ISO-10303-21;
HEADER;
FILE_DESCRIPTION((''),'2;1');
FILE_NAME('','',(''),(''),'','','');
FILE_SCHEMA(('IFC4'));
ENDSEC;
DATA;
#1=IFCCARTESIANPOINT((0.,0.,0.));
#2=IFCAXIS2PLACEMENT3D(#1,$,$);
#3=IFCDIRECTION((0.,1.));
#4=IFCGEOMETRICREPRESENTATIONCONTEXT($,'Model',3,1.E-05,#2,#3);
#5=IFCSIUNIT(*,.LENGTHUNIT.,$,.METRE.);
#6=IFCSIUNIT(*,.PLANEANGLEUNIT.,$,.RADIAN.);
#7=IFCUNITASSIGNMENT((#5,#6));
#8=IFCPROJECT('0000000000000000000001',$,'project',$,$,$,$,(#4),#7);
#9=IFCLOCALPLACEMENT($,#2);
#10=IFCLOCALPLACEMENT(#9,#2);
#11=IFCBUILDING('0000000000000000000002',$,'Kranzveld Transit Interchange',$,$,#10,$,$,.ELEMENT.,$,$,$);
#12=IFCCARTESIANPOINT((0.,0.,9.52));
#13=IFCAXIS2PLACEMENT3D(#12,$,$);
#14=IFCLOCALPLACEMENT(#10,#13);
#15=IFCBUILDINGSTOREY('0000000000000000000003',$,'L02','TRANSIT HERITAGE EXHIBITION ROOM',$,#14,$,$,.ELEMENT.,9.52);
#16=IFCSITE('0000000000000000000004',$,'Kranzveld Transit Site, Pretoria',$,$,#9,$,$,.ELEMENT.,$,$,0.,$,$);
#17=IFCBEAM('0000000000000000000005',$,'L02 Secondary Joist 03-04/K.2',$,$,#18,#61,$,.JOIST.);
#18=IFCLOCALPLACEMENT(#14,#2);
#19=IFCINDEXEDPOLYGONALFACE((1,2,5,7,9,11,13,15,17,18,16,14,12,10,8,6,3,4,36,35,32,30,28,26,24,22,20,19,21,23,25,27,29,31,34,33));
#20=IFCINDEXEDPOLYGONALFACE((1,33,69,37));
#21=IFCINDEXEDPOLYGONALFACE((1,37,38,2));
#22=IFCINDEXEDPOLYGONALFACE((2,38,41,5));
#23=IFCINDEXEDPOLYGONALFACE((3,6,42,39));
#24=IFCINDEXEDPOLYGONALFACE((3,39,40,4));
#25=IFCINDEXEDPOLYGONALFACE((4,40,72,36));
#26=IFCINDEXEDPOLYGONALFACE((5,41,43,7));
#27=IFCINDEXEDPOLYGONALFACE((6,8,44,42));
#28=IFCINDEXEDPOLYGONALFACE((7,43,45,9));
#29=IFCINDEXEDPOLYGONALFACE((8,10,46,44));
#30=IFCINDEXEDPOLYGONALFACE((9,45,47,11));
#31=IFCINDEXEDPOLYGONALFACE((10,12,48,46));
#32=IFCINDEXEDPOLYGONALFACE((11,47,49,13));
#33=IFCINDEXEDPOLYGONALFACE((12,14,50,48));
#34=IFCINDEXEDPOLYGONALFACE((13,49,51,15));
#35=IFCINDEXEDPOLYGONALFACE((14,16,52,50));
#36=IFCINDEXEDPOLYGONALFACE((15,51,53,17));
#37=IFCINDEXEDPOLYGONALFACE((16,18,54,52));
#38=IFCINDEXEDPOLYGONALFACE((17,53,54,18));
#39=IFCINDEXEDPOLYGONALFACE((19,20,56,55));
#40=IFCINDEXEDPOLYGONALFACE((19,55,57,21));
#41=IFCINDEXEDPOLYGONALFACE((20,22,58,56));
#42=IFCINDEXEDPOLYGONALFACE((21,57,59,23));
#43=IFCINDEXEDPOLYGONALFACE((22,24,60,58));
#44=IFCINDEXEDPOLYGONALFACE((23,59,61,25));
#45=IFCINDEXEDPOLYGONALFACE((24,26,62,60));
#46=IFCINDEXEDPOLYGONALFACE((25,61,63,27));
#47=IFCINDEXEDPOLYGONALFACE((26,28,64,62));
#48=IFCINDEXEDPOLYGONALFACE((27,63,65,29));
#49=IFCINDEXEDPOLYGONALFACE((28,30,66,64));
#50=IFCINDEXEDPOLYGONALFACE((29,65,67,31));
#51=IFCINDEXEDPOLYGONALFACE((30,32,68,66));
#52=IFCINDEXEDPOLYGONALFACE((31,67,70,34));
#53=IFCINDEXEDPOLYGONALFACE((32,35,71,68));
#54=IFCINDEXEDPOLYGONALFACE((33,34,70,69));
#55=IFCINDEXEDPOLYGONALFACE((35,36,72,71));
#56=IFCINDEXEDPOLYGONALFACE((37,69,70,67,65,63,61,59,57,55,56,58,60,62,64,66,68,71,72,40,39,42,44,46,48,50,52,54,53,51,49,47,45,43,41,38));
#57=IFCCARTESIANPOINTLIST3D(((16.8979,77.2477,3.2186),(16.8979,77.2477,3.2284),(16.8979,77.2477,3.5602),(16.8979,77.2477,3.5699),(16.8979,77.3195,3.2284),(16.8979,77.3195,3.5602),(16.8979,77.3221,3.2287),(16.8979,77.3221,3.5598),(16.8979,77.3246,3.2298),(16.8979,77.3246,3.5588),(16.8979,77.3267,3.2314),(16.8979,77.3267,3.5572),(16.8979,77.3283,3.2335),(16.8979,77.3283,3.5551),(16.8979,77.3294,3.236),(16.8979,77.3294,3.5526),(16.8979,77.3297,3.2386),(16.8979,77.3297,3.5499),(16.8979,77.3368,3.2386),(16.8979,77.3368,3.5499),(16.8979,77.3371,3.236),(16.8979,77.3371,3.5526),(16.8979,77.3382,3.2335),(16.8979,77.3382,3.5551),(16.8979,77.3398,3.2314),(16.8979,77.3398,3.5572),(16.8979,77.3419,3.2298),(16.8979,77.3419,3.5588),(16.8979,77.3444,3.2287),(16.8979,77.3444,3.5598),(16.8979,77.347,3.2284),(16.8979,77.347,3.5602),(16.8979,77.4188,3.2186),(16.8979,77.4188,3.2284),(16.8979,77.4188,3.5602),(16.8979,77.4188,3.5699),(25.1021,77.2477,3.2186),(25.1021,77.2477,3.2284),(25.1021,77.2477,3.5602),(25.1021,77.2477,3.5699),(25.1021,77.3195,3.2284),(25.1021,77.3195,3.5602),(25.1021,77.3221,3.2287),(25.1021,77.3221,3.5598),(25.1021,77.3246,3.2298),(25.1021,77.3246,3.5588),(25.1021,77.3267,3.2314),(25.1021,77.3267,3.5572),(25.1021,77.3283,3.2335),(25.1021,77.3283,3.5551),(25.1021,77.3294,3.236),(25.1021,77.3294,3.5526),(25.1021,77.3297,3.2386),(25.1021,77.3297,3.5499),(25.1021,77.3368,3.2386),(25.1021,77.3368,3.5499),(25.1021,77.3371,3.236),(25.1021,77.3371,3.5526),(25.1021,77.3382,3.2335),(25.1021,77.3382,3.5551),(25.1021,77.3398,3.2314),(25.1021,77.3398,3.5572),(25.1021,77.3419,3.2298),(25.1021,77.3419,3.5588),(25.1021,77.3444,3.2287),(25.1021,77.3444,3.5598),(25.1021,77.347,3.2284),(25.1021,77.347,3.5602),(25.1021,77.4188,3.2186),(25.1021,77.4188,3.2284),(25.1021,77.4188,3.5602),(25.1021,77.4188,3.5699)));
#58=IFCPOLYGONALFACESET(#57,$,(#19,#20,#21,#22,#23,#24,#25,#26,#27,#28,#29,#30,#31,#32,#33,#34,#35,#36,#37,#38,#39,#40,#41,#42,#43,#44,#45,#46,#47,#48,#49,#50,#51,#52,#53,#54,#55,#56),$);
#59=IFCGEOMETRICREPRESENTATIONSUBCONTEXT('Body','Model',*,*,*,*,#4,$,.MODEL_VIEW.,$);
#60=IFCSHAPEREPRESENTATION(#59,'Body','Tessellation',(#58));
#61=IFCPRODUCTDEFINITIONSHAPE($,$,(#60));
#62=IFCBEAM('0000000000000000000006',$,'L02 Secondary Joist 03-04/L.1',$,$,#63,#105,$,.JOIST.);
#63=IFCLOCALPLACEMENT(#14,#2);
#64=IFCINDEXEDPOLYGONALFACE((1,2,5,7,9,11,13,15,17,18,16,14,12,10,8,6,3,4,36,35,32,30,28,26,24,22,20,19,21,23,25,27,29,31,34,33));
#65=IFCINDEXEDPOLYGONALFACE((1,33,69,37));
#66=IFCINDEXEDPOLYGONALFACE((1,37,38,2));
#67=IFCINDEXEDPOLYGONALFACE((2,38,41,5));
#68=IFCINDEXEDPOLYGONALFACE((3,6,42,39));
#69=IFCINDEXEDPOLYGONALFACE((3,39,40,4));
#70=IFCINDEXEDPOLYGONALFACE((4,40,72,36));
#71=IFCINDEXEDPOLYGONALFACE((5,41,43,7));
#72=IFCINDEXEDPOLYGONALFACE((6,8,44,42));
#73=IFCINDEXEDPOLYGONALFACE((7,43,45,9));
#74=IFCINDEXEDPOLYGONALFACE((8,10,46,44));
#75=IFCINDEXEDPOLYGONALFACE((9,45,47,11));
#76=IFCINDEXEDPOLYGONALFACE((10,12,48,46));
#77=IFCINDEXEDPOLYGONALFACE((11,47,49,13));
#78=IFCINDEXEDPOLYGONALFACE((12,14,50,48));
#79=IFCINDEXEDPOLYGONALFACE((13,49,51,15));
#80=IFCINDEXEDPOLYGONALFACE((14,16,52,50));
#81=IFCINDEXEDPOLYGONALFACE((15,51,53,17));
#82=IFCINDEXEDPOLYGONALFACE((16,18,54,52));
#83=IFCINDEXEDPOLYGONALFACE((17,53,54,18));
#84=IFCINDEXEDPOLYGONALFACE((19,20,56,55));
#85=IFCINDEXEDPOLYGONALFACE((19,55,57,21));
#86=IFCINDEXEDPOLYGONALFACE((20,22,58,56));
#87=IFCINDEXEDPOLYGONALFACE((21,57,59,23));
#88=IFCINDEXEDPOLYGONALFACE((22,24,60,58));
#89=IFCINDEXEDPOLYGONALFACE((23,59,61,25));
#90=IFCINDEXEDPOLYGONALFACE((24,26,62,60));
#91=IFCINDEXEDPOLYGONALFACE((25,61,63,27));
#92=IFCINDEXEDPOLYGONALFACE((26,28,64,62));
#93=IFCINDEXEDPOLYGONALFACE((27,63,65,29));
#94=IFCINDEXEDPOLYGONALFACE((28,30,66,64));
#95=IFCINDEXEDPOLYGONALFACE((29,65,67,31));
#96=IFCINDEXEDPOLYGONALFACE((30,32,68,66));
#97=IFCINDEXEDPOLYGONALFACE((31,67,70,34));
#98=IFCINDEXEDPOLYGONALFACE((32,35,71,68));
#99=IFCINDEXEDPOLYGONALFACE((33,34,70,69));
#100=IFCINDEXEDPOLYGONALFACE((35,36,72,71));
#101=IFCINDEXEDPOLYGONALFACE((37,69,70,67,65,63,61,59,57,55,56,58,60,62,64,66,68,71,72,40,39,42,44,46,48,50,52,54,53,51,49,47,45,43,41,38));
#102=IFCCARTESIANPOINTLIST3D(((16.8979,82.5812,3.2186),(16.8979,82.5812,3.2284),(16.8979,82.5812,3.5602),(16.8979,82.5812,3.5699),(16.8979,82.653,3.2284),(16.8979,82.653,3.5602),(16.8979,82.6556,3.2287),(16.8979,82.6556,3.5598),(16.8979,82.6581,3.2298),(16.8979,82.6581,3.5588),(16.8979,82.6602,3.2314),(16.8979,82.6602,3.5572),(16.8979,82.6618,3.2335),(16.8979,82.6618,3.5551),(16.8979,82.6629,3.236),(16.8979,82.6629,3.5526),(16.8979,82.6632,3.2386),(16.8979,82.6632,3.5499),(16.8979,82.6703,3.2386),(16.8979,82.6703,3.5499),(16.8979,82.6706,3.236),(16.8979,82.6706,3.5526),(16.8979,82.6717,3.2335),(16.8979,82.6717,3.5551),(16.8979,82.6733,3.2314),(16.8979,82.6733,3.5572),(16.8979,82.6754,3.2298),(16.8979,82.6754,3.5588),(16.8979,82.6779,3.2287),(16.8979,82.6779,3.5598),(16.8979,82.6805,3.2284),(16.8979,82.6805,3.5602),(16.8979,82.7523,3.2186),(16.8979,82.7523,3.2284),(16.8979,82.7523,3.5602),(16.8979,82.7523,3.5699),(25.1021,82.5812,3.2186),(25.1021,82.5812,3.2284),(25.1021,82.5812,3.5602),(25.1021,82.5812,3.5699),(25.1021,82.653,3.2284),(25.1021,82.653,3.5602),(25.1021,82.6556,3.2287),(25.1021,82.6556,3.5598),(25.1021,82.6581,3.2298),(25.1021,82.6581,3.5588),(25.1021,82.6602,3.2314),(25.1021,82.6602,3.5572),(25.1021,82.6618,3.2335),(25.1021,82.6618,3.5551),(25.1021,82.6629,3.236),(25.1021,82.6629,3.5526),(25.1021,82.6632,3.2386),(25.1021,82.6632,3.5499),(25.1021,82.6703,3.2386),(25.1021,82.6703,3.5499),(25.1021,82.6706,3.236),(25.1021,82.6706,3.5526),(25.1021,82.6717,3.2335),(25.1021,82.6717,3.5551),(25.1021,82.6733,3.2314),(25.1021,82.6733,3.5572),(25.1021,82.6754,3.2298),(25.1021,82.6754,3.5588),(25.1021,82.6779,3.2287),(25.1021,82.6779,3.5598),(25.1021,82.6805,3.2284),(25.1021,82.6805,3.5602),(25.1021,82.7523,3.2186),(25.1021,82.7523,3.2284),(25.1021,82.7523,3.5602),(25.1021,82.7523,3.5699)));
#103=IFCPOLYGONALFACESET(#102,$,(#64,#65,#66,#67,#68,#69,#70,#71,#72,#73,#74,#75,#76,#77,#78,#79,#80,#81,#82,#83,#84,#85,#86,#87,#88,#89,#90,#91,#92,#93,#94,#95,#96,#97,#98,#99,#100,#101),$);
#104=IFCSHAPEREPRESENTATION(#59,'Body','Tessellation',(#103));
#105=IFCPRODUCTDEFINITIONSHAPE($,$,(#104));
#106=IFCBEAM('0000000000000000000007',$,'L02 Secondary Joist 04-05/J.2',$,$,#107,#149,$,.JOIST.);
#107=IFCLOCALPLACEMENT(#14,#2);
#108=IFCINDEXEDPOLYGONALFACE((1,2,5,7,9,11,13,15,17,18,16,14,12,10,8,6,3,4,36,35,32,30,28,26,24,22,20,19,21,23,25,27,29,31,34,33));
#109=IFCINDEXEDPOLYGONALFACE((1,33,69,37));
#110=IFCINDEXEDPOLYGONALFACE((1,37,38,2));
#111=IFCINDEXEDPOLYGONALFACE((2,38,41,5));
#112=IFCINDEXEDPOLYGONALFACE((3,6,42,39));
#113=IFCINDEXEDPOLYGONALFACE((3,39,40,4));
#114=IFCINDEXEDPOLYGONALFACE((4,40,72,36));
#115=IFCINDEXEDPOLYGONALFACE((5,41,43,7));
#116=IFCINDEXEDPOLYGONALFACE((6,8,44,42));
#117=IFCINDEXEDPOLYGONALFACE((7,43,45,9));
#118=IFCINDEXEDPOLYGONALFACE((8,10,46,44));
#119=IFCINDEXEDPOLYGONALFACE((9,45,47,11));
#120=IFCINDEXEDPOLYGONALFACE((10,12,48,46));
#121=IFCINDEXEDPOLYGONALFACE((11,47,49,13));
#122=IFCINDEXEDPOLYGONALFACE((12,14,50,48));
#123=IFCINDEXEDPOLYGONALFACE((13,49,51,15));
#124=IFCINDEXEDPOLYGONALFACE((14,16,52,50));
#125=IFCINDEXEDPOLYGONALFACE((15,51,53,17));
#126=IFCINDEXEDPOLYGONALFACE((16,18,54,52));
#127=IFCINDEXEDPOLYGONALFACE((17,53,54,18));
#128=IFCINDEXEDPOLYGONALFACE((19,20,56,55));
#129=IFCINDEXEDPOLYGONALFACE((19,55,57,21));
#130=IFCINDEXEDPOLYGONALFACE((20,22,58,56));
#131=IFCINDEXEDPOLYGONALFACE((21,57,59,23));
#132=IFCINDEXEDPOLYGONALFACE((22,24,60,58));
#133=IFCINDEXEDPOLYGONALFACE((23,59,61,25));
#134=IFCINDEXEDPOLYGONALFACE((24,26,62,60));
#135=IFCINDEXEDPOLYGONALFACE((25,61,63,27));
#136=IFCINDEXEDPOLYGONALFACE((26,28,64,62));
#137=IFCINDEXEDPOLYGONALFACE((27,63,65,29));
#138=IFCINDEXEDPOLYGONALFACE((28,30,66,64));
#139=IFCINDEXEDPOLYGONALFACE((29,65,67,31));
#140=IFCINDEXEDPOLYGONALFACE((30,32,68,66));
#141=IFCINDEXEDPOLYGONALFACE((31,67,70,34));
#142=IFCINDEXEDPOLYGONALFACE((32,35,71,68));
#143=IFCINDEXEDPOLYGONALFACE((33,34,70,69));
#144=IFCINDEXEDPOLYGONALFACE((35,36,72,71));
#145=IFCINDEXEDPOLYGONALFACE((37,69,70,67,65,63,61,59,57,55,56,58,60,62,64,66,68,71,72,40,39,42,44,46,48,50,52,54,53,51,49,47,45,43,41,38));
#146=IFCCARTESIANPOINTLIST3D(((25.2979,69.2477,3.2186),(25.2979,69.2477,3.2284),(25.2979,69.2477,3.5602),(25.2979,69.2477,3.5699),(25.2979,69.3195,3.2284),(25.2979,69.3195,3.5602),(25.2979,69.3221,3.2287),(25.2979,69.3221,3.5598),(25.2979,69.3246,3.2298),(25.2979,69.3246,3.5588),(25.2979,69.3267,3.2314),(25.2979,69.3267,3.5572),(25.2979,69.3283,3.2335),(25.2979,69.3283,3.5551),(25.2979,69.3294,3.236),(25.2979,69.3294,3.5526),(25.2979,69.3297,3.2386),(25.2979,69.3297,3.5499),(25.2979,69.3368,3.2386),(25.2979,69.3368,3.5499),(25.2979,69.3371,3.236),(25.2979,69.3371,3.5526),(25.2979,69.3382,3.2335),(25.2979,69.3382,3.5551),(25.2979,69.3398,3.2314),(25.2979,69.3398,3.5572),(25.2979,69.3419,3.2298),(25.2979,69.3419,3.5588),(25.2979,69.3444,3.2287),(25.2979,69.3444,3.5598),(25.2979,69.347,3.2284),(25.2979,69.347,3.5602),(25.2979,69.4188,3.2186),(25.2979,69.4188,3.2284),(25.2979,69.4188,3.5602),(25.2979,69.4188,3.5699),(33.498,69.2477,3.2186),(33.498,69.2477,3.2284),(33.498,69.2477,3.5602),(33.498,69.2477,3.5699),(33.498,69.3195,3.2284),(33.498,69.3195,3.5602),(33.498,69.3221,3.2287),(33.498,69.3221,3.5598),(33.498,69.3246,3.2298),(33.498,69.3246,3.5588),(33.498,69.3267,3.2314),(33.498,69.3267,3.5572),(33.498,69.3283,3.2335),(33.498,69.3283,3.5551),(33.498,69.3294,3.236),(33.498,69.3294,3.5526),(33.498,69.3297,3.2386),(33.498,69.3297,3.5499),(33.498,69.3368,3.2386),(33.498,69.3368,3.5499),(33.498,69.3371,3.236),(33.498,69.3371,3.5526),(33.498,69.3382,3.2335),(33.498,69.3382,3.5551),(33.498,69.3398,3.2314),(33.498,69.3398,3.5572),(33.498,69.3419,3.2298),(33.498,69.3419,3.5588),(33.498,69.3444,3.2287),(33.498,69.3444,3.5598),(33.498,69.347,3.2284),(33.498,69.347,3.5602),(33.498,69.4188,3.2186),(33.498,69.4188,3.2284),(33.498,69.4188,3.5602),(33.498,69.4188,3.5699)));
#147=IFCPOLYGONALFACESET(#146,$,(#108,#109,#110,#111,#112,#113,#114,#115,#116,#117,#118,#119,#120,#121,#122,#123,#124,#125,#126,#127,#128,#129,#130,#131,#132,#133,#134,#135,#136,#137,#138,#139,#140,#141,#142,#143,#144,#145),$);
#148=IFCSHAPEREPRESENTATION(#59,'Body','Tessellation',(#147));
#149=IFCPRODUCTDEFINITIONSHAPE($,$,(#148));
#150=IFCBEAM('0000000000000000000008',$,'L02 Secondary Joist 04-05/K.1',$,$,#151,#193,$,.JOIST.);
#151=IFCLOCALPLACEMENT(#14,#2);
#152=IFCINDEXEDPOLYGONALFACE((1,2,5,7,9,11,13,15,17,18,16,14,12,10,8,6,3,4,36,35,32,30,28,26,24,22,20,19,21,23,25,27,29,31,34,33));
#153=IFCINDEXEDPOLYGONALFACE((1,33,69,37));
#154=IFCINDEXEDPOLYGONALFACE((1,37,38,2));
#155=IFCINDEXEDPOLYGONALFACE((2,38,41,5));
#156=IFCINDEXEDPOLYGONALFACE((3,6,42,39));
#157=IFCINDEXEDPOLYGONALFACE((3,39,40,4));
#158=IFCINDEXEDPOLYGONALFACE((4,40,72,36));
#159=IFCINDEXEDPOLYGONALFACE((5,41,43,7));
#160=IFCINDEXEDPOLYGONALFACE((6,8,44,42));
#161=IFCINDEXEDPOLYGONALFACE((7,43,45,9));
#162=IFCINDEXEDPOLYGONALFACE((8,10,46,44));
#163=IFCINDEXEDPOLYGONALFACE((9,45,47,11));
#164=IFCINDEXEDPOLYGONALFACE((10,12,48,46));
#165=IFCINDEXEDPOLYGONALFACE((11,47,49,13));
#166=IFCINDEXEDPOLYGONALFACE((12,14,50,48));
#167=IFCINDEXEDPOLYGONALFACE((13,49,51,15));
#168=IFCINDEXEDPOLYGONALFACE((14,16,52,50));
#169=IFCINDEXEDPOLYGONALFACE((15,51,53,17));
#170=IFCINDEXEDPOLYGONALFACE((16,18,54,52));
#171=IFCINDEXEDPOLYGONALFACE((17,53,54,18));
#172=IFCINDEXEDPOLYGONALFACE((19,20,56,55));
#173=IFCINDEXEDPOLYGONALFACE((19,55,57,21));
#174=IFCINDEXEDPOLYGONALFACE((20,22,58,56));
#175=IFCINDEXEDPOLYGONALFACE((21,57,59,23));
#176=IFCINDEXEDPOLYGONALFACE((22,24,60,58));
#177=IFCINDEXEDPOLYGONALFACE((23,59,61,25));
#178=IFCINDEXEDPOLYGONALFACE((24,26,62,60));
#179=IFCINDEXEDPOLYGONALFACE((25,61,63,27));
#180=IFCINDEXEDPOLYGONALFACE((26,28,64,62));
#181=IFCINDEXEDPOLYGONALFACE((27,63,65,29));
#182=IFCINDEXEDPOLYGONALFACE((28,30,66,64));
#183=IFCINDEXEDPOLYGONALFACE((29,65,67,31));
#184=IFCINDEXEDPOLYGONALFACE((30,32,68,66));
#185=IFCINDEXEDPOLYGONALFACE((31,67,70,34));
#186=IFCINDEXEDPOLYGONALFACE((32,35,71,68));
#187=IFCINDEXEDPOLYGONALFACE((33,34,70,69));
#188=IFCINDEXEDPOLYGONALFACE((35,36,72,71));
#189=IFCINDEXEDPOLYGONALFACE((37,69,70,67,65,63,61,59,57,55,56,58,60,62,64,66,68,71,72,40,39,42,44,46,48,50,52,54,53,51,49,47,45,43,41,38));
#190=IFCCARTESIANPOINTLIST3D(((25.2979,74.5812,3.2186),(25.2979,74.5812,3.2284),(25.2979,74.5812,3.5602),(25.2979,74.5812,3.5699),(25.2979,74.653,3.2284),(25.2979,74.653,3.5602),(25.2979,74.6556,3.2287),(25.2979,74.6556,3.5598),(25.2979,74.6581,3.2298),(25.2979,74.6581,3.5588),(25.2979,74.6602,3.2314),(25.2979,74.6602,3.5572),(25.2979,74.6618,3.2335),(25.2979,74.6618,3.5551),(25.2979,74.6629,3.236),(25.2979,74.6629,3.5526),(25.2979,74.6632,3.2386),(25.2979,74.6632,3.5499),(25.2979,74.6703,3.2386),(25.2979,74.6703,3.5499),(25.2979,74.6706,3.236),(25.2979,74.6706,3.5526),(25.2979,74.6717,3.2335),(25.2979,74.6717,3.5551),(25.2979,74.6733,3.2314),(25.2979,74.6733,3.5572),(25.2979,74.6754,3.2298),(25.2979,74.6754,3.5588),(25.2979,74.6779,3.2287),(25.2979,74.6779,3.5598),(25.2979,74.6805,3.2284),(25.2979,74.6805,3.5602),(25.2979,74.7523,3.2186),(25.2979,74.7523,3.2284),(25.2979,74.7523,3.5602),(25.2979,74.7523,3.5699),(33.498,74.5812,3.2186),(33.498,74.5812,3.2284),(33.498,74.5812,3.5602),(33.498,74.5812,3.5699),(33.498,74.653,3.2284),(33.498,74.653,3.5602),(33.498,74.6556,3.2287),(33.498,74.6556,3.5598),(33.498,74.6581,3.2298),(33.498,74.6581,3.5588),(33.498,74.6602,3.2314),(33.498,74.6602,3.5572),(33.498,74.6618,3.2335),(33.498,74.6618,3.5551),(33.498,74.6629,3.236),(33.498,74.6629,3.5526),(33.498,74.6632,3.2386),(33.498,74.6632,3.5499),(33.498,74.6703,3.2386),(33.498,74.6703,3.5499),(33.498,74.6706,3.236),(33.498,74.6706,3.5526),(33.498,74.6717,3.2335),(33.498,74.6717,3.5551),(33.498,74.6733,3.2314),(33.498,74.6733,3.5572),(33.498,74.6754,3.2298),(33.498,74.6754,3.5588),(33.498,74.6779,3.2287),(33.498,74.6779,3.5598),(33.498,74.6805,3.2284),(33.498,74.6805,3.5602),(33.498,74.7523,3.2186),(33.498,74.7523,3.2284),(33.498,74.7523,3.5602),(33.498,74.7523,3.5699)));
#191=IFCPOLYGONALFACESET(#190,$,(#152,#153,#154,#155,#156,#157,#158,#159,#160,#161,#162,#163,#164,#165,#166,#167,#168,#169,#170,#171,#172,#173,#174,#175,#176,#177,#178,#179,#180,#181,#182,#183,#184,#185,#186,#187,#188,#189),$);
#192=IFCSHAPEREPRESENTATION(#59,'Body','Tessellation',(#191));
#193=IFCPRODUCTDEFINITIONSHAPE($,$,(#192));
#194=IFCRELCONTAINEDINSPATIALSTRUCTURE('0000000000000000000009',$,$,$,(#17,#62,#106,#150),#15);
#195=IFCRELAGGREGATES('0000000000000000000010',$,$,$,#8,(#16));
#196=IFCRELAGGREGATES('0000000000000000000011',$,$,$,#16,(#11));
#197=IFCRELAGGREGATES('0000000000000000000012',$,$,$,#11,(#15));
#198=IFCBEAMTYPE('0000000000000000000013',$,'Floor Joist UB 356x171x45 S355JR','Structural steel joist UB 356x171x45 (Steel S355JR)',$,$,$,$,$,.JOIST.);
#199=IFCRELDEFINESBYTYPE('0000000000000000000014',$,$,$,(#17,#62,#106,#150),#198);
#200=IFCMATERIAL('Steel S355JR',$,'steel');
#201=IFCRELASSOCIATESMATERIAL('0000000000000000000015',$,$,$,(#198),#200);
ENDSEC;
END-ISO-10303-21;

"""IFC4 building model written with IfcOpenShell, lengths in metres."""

from ifc_helpers import new_model, si_unit, direction, frame, origin, origin_2d, place, context, subcontext, project, spatial, i_section, extrude, material, material_profile, profile_set, type_object, element, save


model = new_model("IFC4")

# Units and contexts
model_context = context("Model", 3, precision=1e-05, world=origin(), true_north=direction((0.0, 1.0)))
body_context = subcontext(model_context, "Body", "Model", "MODEL_VIEW")
ifc_project = project(units=[si_unit("LENGTHUNIT", "METRE"), si_unit("PLANEANGLEUNIT", "RADIAN")], contexts=[model_context])

# Site, building, storey
site_placement = place(None, origin())
site = spatial("IfcSite", under=ifc_project, at=site_placement, Name="Kranzveld Transit Site, Pretoria", CompositionType="ELEMENT", RefElevation=0.0)
building_placement = place(site_placement, origin())
building = spatial("IfcBuilding", under=site, at=building_placement, Name="Kranzveld Transit Interchange", CompositionType="ELEMENT")
storey_placement = place(building_placement, frame((0.0, 0.0, 9.52)))
storey = spatial("IfcBuildingStorey", under=building, at=storey_placement, Name="L02", Description="TRANSIT HERITAGE EXHIBITION ROOM", CompositionType="ELEMENT", Elevation=9.52)

# Beams
ifc_material_1 = material(Name="Steel S355JR", Category="steel")
ifc_material_profile_1 = material_profile(ifc_material_1, i_section(OverallWidth=0.1711, OverallDepth=0.3513, WebThickness=0.0071, FlangeThickness=0.0098, FilletRadius=0.0103, at=origin_2d()), Name="UB 356x171x45")
ifc_profile_set_1 = profile_set([ifc_material_profile_1], Name="Steel S355JR")
beam_type_1 = type_object("IfcBeamType", Name="Floor Joist UB 356x171x45 S355JR", Description="Structural steel joist UB 356x171x45 (Steel S355JR)", PredefinedType="JOIST", material=ifc_profile_set_1)
for number, where, z_axis, x_axis, name in (
    (1, (16.8979, 77.3333, 3.3943), (1.0, 0.0, 0.0), (0.0, 1.0, 0.0), "L02 Secondary Joist 03-04/K.2"),
    (2, (16.8979, 82.6667, 3.3943), (1.0, 0.0, 0.0), (0.0, 1.0, 0.0), "L02 Secondary Joist 03-04/L.1"),
):
    element("IfcBeam", number, at=place(storey_placement, frame(where, z_axis=z_axis, x_axis=x_axis)), inside=storey, type_object=beam_type_1, Name=name, PredefinedType="JOIST", context=body_context, shape_type="SweptSolid", body=[
        extrude(i_section(OverallWidth=0.1711, OverallDepth=0.3513, WebThickness=0.0071, FlangeThickness=0.0098, FilletRadius=0.0103, at=origin_2d()), origin(), (0.0, 0.0, 1.0), 8.2041),
    ])
for number, where, z_axis, x_axis, name in (
    (3, (25.2979, 69.3333, 3.3943), (1.0, 0.0, 0.0), (0.0, 1.0, 0.0), "L02 Secondary Joist 04-05/J.2"),
    (4, (25.2979, 74.6667, 3.3943), (1.0, 0.0, 0.0), (0.0, 1.0, 0.0), "L02 Secondary Joist 04-05/K.1"),
):
    element("IfcBeam", number, at=place(storey_placement, frame(where, z_axis=z_axis, x_axis=x_axis)), inside=storey, type_object=beam_type_1, Name=name, PredefinedType="JOIST", context=body_context, shape_type="SweptSolid", body=[
        extrude(i_section(OverallWidth=0.1711, OverallDepth=0.3513, WebThickness=0.0071, FlangeThickness=0.0098, FilletRadius=0.0103, at=origin_2d()), origin(), (0.0, 0.0, 1.0), 8.2002),
    ])

save(model, "model.ifc")
